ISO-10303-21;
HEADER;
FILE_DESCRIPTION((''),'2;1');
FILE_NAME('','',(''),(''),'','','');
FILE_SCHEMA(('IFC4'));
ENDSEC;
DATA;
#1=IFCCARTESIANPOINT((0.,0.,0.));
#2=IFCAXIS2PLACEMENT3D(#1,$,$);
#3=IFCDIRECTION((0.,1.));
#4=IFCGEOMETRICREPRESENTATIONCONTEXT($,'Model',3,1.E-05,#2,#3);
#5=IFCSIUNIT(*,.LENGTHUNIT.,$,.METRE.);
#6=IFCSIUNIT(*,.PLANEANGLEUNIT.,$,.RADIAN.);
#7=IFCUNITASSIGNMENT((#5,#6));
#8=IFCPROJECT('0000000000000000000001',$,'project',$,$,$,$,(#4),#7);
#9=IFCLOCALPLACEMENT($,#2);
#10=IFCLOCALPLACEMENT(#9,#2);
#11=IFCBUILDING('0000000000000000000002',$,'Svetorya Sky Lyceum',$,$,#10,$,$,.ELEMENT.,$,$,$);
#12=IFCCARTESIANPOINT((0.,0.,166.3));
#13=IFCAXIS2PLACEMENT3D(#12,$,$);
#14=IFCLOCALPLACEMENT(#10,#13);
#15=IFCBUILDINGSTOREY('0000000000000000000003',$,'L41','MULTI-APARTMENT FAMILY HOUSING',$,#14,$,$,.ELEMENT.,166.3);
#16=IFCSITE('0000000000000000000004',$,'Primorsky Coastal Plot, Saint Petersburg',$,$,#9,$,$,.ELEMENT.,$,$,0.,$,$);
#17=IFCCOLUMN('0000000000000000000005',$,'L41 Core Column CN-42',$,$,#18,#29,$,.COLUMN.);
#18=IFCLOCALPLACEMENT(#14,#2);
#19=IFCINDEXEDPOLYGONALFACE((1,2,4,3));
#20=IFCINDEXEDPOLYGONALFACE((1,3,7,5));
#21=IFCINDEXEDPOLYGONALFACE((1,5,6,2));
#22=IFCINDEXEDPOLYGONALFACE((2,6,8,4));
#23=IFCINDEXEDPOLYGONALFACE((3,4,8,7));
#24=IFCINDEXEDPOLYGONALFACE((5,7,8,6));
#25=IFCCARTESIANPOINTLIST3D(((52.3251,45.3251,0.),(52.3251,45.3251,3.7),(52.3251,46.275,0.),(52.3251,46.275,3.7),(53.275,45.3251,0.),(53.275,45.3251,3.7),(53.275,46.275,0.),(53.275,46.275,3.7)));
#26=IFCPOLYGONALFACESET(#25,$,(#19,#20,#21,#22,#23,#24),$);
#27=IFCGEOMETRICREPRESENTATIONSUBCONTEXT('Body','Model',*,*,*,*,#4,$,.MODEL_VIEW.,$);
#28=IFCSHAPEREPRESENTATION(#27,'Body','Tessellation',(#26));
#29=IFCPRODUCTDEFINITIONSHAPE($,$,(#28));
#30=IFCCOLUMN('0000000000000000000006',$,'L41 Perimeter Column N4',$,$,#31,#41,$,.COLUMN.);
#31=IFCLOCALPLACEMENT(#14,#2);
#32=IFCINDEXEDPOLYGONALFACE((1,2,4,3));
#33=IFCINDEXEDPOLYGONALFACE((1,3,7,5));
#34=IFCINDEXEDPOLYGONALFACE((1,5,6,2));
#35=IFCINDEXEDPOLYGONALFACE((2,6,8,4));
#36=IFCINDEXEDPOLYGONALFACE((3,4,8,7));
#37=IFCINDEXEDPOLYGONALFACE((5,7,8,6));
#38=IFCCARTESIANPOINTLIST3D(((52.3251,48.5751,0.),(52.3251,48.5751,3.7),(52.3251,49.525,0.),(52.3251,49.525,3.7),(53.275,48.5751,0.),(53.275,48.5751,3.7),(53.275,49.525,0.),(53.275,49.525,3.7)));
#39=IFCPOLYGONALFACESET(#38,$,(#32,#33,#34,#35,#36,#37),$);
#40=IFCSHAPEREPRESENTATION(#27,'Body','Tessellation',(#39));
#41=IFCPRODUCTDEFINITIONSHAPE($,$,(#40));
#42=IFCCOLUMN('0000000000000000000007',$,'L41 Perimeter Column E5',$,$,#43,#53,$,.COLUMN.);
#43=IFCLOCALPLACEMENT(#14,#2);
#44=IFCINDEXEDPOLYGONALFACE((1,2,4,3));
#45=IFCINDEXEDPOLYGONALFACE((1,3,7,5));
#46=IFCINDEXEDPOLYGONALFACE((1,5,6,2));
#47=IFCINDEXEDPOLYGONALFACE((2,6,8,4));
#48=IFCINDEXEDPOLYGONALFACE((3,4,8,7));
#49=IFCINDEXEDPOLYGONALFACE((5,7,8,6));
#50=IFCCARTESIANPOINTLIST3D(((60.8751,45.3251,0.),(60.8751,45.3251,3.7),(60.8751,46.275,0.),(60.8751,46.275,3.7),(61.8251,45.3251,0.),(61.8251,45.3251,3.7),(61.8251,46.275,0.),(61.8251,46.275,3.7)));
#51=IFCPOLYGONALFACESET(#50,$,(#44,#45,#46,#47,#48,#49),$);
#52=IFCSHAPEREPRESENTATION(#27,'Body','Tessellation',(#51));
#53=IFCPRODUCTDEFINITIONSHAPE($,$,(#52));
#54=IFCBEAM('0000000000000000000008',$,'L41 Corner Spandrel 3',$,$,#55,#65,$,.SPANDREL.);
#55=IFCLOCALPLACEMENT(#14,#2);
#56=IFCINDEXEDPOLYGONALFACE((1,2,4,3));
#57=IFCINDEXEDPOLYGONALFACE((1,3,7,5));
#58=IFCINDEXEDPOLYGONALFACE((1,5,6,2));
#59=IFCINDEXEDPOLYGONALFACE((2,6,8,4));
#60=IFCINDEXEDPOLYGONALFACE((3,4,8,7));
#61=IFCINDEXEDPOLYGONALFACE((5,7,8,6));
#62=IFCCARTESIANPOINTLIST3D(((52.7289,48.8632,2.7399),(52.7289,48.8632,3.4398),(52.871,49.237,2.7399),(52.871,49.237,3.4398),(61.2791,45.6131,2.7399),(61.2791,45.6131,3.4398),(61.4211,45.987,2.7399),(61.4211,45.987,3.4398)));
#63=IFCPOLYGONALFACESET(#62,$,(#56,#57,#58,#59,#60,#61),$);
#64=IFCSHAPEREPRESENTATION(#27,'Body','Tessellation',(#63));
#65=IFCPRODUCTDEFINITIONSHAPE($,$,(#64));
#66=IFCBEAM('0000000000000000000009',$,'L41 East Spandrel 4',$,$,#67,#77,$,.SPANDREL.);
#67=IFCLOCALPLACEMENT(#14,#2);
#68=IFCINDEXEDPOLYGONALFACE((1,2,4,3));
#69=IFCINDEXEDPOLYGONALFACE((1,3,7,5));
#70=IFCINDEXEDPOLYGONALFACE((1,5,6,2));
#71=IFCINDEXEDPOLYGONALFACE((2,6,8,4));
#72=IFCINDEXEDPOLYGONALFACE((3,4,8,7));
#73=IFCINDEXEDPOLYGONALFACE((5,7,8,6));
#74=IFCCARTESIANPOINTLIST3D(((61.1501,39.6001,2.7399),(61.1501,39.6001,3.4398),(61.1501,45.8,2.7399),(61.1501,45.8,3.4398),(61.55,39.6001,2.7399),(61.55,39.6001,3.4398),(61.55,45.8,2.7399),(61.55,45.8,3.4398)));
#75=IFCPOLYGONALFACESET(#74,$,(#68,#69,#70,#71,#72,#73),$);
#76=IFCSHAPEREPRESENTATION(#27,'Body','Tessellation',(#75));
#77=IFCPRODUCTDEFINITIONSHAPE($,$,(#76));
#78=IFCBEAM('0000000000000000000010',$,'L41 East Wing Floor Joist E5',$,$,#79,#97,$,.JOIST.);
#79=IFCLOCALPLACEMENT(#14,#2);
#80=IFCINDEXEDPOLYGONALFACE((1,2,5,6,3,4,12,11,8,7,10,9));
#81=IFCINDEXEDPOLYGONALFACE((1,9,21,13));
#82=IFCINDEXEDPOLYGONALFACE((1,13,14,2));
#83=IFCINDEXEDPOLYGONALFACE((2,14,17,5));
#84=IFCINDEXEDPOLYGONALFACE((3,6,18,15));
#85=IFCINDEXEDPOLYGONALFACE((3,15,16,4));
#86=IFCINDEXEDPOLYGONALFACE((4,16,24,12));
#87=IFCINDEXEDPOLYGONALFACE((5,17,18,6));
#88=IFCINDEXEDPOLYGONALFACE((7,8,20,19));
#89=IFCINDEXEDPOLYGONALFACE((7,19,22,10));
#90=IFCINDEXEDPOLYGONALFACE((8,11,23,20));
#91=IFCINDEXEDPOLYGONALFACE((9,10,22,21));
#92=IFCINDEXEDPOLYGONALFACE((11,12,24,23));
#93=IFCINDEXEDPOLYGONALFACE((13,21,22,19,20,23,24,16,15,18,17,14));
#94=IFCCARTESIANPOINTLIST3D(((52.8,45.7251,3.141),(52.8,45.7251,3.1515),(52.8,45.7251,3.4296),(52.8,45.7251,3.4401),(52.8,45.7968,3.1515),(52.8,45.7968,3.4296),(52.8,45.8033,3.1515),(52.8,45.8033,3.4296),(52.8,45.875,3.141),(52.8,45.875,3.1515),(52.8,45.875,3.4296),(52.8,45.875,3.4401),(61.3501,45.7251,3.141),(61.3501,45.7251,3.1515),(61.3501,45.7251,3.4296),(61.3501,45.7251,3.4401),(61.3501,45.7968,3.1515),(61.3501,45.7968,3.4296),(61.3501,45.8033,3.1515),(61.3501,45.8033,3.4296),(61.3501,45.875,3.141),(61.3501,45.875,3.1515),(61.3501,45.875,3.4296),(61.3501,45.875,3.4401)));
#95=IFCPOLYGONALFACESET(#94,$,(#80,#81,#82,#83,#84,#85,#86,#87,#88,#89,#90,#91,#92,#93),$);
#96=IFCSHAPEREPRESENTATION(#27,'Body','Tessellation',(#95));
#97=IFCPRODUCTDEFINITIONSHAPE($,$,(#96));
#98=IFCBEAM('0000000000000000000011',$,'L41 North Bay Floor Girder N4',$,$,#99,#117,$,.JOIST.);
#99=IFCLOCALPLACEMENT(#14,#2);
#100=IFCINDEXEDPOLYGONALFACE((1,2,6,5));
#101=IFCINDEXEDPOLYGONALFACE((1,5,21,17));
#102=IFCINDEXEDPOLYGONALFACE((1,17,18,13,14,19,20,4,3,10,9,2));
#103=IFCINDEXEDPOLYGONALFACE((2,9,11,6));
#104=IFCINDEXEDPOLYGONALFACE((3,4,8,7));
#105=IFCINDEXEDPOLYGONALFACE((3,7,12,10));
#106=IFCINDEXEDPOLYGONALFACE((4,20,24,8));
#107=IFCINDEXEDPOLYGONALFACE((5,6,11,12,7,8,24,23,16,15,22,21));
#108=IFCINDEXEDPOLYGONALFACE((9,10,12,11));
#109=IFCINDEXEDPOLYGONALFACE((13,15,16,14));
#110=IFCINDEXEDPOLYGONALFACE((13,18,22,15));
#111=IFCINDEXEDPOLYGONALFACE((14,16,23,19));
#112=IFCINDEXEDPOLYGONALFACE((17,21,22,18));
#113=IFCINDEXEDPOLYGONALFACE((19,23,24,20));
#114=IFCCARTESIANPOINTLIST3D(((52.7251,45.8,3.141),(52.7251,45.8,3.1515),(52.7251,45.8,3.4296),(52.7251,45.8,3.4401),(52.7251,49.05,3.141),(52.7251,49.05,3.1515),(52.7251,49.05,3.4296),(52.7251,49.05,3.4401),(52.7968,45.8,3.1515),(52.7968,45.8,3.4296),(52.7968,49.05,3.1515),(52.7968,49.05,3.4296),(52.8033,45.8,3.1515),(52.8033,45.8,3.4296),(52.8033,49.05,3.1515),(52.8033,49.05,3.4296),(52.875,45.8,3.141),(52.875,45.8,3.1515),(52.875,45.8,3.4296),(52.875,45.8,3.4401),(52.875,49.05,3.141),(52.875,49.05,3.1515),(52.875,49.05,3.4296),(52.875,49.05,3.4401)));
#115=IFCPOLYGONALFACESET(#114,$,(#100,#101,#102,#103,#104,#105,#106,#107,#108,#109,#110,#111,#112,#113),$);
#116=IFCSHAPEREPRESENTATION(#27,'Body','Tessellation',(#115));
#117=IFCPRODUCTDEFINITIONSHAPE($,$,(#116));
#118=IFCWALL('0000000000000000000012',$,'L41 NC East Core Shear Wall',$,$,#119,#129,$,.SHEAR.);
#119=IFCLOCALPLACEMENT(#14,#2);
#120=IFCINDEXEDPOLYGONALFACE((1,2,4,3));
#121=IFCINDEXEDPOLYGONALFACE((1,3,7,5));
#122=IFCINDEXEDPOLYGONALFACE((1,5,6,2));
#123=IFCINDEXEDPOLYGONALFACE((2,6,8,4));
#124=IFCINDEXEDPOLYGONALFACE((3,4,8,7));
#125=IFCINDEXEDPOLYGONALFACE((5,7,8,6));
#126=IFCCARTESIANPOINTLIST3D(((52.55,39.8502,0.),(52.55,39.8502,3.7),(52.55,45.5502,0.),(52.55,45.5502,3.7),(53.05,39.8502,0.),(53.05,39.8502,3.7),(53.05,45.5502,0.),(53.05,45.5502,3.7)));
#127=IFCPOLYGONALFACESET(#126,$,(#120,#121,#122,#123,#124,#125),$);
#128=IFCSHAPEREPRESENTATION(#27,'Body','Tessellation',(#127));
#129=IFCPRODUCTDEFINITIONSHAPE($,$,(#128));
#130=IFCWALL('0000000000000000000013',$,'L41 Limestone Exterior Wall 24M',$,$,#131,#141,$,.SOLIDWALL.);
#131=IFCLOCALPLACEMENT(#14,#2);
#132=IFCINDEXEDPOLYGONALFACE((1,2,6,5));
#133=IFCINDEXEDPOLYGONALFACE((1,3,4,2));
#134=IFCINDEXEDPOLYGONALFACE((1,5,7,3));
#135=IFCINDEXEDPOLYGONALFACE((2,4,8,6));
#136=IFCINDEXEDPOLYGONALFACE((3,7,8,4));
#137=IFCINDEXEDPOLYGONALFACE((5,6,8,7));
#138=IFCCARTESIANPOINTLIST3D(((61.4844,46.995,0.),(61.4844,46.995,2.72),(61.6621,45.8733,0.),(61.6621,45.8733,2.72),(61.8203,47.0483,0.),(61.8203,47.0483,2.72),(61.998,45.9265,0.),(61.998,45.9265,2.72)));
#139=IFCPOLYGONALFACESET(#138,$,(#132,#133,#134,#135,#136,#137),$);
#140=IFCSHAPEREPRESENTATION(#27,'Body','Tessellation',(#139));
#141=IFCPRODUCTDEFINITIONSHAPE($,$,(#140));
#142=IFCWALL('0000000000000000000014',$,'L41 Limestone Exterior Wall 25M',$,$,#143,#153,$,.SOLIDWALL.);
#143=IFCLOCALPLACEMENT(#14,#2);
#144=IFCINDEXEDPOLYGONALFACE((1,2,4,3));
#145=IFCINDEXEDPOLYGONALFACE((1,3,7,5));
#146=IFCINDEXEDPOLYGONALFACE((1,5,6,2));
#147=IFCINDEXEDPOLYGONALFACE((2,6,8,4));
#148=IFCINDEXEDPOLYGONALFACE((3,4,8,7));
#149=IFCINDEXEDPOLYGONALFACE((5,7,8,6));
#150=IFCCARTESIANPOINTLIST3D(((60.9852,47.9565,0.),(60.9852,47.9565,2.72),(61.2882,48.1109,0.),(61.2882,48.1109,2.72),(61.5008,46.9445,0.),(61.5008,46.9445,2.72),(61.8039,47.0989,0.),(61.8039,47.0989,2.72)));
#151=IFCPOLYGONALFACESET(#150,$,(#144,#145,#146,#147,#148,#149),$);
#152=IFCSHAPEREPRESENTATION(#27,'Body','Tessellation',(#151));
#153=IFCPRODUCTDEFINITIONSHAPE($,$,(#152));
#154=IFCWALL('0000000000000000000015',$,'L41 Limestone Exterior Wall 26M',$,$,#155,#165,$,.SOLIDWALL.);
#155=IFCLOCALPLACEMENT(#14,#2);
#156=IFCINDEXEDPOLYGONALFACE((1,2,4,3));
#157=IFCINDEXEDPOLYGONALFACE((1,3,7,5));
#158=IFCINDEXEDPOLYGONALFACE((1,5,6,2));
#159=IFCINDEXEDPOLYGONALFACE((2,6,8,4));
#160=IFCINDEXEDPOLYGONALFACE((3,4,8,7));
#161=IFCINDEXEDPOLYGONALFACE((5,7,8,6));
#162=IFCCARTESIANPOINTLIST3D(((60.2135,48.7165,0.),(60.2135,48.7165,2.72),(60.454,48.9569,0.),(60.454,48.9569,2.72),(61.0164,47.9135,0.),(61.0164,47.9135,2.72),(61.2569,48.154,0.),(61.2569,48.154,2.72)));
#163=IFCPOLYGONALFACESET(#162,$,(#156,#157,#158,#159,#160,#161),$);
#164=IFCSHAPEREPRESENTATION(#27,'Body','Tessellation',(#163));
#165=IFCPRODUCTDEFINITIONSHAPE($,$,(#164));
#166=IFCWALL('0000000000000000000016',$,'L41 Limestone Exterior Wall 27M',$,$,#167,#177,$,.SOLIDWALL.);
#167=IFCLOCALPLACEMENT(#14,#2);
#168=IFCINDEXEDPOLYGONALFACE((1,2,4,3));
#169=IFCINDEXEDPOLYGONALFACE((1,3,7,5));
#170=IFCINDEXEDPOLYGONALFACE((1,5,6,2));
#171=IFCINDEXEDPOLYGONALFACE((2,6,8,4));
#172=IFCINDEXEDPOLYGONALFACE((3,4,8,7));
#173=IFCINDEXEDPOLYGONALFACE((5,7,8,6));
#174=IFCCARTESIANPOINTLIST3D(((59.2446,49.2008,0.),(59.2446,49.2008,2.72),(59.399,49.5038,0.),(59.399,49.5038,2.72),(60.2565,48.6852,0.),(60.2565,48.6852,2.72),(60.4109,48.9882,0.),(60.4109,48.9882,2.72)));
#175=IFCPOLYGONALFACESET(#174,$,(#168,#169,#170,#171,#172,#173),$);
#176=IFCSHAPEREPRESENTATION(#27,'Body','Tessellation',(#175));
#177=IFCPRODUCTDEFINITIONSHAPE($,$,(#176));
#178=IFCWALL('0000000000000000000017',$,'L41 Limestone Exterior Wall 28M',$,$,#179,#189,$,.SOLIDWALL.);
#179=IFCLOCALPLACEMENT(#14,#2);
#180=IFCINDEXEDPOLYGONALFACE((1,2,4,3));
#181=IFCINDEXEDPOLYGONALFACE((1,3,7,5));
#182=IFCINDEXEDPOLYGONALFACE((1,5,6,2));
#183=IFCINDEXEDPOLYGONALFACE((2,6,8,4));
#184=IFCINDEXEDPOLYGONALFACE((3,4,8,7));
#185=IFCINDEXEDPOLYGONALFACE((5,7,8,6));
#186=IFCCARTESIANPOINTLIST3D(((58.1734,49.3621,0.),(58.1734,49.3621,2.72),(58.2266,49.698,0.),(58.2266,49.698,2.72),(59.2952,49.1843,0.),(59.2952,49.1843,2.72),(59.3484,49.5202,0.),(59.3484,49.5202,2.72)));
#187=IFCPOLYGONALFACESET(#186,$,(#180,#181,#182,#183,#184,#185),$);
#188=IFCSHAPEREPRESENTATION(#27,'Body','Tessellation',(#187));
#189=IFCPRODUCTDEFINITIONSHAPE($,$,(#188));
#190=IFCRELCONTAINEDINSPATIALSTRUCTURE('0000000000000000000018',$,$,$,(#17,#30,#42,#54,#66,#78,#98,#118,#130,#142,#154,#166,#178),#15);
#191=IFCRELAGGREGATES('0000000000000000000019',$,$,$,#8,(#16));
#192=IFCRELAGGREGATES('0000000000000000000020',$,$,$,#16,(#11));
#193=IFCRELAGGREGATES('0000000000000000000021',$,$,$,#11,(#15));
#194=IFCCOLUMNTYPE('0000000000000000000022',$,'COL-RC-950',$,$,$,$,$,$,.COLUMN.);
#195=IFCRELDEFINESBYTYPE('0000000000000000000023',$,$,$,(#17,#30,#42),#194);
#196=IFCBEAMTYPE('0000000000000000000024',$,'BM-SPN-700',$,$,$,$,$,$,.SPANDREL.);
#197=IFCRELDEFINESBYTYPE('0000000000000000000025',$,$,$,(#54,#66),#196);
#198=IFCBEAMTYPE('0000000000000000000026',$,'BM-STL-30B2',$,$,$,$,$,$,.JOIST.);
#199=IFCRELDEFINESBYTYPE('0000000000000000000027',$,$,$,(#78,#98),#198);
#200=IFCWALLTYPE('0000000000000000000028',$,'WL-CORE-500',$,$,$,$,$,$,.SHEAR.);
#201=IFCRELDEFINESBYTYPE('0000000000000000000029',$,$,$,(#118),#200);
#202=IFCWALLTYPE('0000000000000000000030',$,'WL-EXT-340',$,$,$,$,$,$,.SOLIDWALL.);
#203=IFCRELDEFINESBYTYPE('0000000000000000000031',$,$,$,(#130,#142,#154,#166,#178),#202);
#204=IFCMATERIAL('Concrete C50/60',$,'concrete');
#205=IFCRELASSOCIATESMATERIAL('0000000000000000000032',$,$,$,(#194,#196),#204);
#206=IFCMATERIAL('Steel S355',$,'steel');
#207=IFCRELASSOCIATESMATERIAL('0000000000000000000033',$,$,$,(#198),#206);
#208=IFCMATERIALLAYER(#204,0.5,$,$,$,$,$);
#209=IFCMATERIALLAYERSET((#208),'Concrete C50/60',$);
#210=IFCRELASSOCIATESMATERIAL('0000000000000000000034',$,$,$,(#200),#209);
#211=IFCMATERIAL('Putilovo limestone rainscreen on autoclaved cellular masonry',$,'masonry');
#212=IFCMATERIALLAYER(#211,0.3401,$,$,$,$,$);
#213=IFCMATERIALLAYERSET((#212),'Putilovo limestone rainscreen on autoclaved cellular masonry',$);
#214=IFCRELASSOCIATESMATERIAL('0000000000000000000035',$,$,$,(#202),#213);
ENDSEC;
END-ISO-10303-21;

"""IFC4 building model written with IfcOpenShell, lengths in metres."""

from ifc_helpers import new_model, si_unit, direction, frame, frame_2d, origin, origin_2d, place, context, subcontext, project, spatial, rectangle, i_section, extrude, material, layer, layer_set, material_profile, profile_set, type_object, element, save


model = new_model("IFC4")

# Units and contexts
model_context = context("Model", 3, precision=1e-05, world=origin(), true_north=direction((0.0, 1.0)))
body_context = subcontext(model_context, "Body", "Model", "MODEL_VIEW")
ifc_project = project(units=[si_unit("LENGTHUNIT", "METRE"), si_unit("PLANEANGLEUNIT", "RADIAN")], contexts=[model_context])

# Site, building, storey
site_placement = place(None, origin())
site = spatial("IfcSite", under=ifc_project, at=site_placement, Name="Primorsky Coastal Plot, Saint Petersburg", CompositionType="ELEMENT", RefElevation=0.0)
building_placement = place(site_placement, origin())
building = spatial("IfcBuilding", under=site, at=building_placement, Name="Svetorya Sky Lyceum", CompositionType="ELEMENT")
storey_placement = place(building_placement, frame((0.0, 0.0, 166.3)))
storey = spatial("IfcBuildingStorey", under=building, at=storey_placement, Name="L41", Description="MULTI-APARTMENT FAMILY HOUSING", CompositionType="ELEMENT", Elevation=166.3)

# Columns
ifc_material_1 = material(Name="Concrete C50/60", Category="concrete")
ifc_material_profile_1 = material_profile(ifc_material_1, rectangle(XDim=0.95, YDim=0.95, at=origin_2d()), Name="RC COL 950x950")
ifc_profile_set_1 = profile_set([ifc_material_profile_1], Name="Concrete C50/60")
column_type = type_object("IfcColumnType", Name="COL-RC-950", PredefinedType="COLUMN", material=ifc_profile_set_1)
for number, where, z_axis, x_axis, name in (
    (1, (52.8, 45.8, 0.0), (0.0, 0.0, 1.0), (1.0, 0.0, 0.0), "L41 Core Column CN-42"),
    (2, (52.8, 49.05, 0.0), (0.0, 0.0, 1.0), (1.0, 0.0, 0.0), "L41 Perimeter Column N4"),
    (3, (61.3501, 45.8, 0.0), (0.0, 0.0, 1.0), (1.0, 0.0, 0.0), "L41 Perimeter Column E5"),
):
    element("IfcColumn", number, at=place(storey_placement, frame(where, z_axis=z_axis, x_axis=x_axis)), inside=storey, type_object=column_type, Name=name, PredefinedType="COLUMN", context=body_context, shape_type="SweptSolid", body=[
        extrude(rectangle(XDim=0.95, YDim=0.95, at=origin_2d()), origin(), (0.0, 0.0, 1.0), 3.7),
    ])

# Beams
ifc_material_profile_2 = material_profile(ifc_material_1, rectangle(XDim=0.3999, YDim=0.7, at=origin_2d()), Name="RC SPANDREL 400x700")
ifc_profile_set_2 = profile_set([ifc_material_profile_2], Name="Concrete C50/60")
beam_type_1 = type_object("IfcBeamType", Name="BM-SPN-700", PredefinedType="SPANDREL", material=ifc_profile_set_2)
beam_1_placement = place(storey_placement, frame((61.3501, 45.8, 3.0898), z_axis=(-0.934748, 0.355312, 0.0), x_axis=(-0.355312, -0.934748, 0.0)))
element("IfcBeam", 4, at=beam_1_placement, inside=storey, type_object=beam_type_1, Name="L41 Corner Spandrel 3", PredefinedType="SPANDREL", context=body_context, shape_type="SweptSolid", body=[
    extrude(rectangle(XDim=0.3999, YDim=0.7, at=origin_2d()), origin(), (0.0, 0.0, 1.0), 9.147),
])
beam_2_placement = place(storey_placement, frame((61.3501, 39.6001, 3.0898), z_axis=(0.0, 1.0, 0.0), x_axis=(-1.0, 0.0, 0.0)))
element("IfcBeam", 5, at=beam_2_placement, inside=storey, type_object=beam_type_1, Name="L41 East Spandrel 4", PredefinedType="SPANDREL", context=body_context, shape_type="SweptSolid", body=[
    extrude(rectangle(XDim=0.3999, YDim=0.7, at=origin_2d()), origin(), (0.0, 0.0, 1.0), 6.2),
])
ifc_material_2 = material(Name="Steel S355", Category="steel")
ifc_material_profile_3 = material_profile(ifc_material_2, i_section(OverallWidth=0.1499, OverallDepth=0.2991, WebThickness=0.0066, FlangeThickness=0.0105, at=origin_2d()), Name="GOST 30B2")
ifc_profile_set_3 = profile_set([ifc_material_profile_3], Name="Steel S355")
beam_type_2 = type_object("IfcBeamType", Name="BM-STL-30B2", PredefinedType="JOIST", material=ifc_profile_set_3)
beam_3_placement = place(storey_placement, frame((52.8, 45.8, 3.2905), z_axis=(1.0, 0.0, 0.0), x_axis=(0.0, 1.0, 0.0)))
element("IfcBeam", 6, at=beam_3_placement, inside=storey, type_object=beam_type_2, Name="L41 East Wing Floor Joist E5", PredefinedType="JOIST", context=body_context, shape_type="SweptSolid", body=[
    extrude(i_section(OverallWidth=0.1499, OverallDepth=0.2991, WebThickness=0.0066, FlangeThickness=0.0105, at=origin_2d()), origin(), (0.0, 0.0, 1.0), 8.55),
])
beam_4_placement = place(storey_placement, frame((52.8, 45.8, 3.2905), z_axis=(0.0, 1.0, 0.0), x_axis=(-1.0, 0.0, 0.0)))
element("IfcBeam", 7, at=beam_4_placement, inside=storey, type_object=beam_type_2, Name="L41 North Bay Floor Girder N4", PredefinedType="JOIST", context=body_context, shape_type="SweptSolid", body=[
    extrude(i_section(OverallWidth=0.1499, OverallDepth=0.2991, WebThickness=0.0066, FlangeThickness=0.0105, at=origin_2d()), origin(), (0.0, 0.0, 1.0), 3.25),
])

# Walls
ifc_layer_1 = layer(ifc_material_1, 0.5)
ifc_layer_set_1 = layer_set([ifc_layer_1], Name="Concrete C50/60")
wall_type_1 = type_object("IfcWallType", Name="WL-CORE-500", PredefinedType="SHEAR", material=ifc_layer_set_1)
wall_1_placement = place(storey_placement, frame((52.8, 39.8501, 0.0), z_axis=(0.0, 0.0, 1.0), x_axis=(0.0, 1.0, 0.0)))
element("IfcWall", 8, at=wall_1_placement, inside=storey, type_object=wall_type_1, Name="L41 NC East Core Shear Wall", PredefinedType="SHEAR", context=body_context, shape_type="SweptSolid", body=[
    extrude(rectangle(XDim=5.7, YDim=0.5, at=frame_2d((2.8501, 0.0))), origin(), (0.0, 0.0, 1.0), 3.7),
])
ifc_material_3 = material(Name="Putilovo limestone rainscreen on autoclaved cellular masonry", Category="masonry")
ifc_layer_2 = layer(ifc_material_3, 0.3401)
ifc_layer_set_2 = layer_set([ifc_layer_2], Name="Putilovo limestone rainscreen on autoclaved cellular masonry")
wall_type_2 = type_object("IfcWallType", Name="WL-EXT-340", PredefinedType="SOLIDWALL", material=ifc_layer_set_2)
for number, where, z_axis, x_axis, name in (
    (9, (61.8301, 45.8999, 0.0), (0.0, 0.0, 1.0), (-0.156481, 0.987681, 0.0), "L41 Limestone Exterior Wall 24M"),
    (10, (61.6523, 47.0217, 0.0), (0.0, 0.0, 1.0), (-0.453993, 0.891005, 0.0), "L41 Limestone Exterior Wall 25M"),
):
    element("IfcWall", number, at=place(storey_placement, frame(where, z_axis=z_axis, x_axis=x_axis)), inside=storey, type_object=wall_type_2, Name=name, PredefinedType="SOLIDWALL", context=body_context, shape_type="SweptSolid", body=[
        extrude(rectangle(XDim=1.1357, YDim=0.3401, at=frame_2d((0.5679, 0.0))), origin(), (0.0, 0.0, 1.0), 2.72),
    ])
wall_2_placement = place(storey_placement, frame((61.1367, 48.0337, 0.0), z_axis=(0.0, 0.0, 1.0), x_axis=(-0.707107, 0.707107, 0.0)))
element("IfcWall", 11, at=wall_2_placement, inside=storey, type_object=wall_type_2, Name="L41 Limestone Exterior Wall 26M", PredefinedType="SOLIDWALL", context=body_context, shape_type="SweptSolid", body=[
    extrude(rectangle(XDim=1.1355, YDim=0.3401, at=frame_2d((0.5679, 0.0))), origin(), (0.0, 0.0, 1.0), 2.72),
])
for number, where, z_axis, x_axis, name in (
    (12, (60.3337, 48.8367, 0.0), (0.0, 0.0, 1.0), (-0.891005, 0.453993, 0.0), "L41 Limestone Exterior Wall 27M"),
    (13, (59.3218, 49.3523, 0.0), (0.0, 0.0, 1.0), (-0.987681, 0.156481, 0.0), "L41 Limestone Exterior Wall 28M"),
):
    element("IfcWall", number, at=place(storey_placement, frame(where, z_axis=z_axis, x_axis=x_axis)), inside=storey, type_object=wall_type_2, Name=name, PredefinedType="SOLIDWALL", context=body_context, shape_type="SweptSolid", body=[
        extrude(rectangle(XDim=1.1357, YDim=0.3401, at=frame_2d((0.5679, 0.0))), origin(), (0.0, 0.0, 1.0), 2.72),
    ])

save(model, "model.ifc")
